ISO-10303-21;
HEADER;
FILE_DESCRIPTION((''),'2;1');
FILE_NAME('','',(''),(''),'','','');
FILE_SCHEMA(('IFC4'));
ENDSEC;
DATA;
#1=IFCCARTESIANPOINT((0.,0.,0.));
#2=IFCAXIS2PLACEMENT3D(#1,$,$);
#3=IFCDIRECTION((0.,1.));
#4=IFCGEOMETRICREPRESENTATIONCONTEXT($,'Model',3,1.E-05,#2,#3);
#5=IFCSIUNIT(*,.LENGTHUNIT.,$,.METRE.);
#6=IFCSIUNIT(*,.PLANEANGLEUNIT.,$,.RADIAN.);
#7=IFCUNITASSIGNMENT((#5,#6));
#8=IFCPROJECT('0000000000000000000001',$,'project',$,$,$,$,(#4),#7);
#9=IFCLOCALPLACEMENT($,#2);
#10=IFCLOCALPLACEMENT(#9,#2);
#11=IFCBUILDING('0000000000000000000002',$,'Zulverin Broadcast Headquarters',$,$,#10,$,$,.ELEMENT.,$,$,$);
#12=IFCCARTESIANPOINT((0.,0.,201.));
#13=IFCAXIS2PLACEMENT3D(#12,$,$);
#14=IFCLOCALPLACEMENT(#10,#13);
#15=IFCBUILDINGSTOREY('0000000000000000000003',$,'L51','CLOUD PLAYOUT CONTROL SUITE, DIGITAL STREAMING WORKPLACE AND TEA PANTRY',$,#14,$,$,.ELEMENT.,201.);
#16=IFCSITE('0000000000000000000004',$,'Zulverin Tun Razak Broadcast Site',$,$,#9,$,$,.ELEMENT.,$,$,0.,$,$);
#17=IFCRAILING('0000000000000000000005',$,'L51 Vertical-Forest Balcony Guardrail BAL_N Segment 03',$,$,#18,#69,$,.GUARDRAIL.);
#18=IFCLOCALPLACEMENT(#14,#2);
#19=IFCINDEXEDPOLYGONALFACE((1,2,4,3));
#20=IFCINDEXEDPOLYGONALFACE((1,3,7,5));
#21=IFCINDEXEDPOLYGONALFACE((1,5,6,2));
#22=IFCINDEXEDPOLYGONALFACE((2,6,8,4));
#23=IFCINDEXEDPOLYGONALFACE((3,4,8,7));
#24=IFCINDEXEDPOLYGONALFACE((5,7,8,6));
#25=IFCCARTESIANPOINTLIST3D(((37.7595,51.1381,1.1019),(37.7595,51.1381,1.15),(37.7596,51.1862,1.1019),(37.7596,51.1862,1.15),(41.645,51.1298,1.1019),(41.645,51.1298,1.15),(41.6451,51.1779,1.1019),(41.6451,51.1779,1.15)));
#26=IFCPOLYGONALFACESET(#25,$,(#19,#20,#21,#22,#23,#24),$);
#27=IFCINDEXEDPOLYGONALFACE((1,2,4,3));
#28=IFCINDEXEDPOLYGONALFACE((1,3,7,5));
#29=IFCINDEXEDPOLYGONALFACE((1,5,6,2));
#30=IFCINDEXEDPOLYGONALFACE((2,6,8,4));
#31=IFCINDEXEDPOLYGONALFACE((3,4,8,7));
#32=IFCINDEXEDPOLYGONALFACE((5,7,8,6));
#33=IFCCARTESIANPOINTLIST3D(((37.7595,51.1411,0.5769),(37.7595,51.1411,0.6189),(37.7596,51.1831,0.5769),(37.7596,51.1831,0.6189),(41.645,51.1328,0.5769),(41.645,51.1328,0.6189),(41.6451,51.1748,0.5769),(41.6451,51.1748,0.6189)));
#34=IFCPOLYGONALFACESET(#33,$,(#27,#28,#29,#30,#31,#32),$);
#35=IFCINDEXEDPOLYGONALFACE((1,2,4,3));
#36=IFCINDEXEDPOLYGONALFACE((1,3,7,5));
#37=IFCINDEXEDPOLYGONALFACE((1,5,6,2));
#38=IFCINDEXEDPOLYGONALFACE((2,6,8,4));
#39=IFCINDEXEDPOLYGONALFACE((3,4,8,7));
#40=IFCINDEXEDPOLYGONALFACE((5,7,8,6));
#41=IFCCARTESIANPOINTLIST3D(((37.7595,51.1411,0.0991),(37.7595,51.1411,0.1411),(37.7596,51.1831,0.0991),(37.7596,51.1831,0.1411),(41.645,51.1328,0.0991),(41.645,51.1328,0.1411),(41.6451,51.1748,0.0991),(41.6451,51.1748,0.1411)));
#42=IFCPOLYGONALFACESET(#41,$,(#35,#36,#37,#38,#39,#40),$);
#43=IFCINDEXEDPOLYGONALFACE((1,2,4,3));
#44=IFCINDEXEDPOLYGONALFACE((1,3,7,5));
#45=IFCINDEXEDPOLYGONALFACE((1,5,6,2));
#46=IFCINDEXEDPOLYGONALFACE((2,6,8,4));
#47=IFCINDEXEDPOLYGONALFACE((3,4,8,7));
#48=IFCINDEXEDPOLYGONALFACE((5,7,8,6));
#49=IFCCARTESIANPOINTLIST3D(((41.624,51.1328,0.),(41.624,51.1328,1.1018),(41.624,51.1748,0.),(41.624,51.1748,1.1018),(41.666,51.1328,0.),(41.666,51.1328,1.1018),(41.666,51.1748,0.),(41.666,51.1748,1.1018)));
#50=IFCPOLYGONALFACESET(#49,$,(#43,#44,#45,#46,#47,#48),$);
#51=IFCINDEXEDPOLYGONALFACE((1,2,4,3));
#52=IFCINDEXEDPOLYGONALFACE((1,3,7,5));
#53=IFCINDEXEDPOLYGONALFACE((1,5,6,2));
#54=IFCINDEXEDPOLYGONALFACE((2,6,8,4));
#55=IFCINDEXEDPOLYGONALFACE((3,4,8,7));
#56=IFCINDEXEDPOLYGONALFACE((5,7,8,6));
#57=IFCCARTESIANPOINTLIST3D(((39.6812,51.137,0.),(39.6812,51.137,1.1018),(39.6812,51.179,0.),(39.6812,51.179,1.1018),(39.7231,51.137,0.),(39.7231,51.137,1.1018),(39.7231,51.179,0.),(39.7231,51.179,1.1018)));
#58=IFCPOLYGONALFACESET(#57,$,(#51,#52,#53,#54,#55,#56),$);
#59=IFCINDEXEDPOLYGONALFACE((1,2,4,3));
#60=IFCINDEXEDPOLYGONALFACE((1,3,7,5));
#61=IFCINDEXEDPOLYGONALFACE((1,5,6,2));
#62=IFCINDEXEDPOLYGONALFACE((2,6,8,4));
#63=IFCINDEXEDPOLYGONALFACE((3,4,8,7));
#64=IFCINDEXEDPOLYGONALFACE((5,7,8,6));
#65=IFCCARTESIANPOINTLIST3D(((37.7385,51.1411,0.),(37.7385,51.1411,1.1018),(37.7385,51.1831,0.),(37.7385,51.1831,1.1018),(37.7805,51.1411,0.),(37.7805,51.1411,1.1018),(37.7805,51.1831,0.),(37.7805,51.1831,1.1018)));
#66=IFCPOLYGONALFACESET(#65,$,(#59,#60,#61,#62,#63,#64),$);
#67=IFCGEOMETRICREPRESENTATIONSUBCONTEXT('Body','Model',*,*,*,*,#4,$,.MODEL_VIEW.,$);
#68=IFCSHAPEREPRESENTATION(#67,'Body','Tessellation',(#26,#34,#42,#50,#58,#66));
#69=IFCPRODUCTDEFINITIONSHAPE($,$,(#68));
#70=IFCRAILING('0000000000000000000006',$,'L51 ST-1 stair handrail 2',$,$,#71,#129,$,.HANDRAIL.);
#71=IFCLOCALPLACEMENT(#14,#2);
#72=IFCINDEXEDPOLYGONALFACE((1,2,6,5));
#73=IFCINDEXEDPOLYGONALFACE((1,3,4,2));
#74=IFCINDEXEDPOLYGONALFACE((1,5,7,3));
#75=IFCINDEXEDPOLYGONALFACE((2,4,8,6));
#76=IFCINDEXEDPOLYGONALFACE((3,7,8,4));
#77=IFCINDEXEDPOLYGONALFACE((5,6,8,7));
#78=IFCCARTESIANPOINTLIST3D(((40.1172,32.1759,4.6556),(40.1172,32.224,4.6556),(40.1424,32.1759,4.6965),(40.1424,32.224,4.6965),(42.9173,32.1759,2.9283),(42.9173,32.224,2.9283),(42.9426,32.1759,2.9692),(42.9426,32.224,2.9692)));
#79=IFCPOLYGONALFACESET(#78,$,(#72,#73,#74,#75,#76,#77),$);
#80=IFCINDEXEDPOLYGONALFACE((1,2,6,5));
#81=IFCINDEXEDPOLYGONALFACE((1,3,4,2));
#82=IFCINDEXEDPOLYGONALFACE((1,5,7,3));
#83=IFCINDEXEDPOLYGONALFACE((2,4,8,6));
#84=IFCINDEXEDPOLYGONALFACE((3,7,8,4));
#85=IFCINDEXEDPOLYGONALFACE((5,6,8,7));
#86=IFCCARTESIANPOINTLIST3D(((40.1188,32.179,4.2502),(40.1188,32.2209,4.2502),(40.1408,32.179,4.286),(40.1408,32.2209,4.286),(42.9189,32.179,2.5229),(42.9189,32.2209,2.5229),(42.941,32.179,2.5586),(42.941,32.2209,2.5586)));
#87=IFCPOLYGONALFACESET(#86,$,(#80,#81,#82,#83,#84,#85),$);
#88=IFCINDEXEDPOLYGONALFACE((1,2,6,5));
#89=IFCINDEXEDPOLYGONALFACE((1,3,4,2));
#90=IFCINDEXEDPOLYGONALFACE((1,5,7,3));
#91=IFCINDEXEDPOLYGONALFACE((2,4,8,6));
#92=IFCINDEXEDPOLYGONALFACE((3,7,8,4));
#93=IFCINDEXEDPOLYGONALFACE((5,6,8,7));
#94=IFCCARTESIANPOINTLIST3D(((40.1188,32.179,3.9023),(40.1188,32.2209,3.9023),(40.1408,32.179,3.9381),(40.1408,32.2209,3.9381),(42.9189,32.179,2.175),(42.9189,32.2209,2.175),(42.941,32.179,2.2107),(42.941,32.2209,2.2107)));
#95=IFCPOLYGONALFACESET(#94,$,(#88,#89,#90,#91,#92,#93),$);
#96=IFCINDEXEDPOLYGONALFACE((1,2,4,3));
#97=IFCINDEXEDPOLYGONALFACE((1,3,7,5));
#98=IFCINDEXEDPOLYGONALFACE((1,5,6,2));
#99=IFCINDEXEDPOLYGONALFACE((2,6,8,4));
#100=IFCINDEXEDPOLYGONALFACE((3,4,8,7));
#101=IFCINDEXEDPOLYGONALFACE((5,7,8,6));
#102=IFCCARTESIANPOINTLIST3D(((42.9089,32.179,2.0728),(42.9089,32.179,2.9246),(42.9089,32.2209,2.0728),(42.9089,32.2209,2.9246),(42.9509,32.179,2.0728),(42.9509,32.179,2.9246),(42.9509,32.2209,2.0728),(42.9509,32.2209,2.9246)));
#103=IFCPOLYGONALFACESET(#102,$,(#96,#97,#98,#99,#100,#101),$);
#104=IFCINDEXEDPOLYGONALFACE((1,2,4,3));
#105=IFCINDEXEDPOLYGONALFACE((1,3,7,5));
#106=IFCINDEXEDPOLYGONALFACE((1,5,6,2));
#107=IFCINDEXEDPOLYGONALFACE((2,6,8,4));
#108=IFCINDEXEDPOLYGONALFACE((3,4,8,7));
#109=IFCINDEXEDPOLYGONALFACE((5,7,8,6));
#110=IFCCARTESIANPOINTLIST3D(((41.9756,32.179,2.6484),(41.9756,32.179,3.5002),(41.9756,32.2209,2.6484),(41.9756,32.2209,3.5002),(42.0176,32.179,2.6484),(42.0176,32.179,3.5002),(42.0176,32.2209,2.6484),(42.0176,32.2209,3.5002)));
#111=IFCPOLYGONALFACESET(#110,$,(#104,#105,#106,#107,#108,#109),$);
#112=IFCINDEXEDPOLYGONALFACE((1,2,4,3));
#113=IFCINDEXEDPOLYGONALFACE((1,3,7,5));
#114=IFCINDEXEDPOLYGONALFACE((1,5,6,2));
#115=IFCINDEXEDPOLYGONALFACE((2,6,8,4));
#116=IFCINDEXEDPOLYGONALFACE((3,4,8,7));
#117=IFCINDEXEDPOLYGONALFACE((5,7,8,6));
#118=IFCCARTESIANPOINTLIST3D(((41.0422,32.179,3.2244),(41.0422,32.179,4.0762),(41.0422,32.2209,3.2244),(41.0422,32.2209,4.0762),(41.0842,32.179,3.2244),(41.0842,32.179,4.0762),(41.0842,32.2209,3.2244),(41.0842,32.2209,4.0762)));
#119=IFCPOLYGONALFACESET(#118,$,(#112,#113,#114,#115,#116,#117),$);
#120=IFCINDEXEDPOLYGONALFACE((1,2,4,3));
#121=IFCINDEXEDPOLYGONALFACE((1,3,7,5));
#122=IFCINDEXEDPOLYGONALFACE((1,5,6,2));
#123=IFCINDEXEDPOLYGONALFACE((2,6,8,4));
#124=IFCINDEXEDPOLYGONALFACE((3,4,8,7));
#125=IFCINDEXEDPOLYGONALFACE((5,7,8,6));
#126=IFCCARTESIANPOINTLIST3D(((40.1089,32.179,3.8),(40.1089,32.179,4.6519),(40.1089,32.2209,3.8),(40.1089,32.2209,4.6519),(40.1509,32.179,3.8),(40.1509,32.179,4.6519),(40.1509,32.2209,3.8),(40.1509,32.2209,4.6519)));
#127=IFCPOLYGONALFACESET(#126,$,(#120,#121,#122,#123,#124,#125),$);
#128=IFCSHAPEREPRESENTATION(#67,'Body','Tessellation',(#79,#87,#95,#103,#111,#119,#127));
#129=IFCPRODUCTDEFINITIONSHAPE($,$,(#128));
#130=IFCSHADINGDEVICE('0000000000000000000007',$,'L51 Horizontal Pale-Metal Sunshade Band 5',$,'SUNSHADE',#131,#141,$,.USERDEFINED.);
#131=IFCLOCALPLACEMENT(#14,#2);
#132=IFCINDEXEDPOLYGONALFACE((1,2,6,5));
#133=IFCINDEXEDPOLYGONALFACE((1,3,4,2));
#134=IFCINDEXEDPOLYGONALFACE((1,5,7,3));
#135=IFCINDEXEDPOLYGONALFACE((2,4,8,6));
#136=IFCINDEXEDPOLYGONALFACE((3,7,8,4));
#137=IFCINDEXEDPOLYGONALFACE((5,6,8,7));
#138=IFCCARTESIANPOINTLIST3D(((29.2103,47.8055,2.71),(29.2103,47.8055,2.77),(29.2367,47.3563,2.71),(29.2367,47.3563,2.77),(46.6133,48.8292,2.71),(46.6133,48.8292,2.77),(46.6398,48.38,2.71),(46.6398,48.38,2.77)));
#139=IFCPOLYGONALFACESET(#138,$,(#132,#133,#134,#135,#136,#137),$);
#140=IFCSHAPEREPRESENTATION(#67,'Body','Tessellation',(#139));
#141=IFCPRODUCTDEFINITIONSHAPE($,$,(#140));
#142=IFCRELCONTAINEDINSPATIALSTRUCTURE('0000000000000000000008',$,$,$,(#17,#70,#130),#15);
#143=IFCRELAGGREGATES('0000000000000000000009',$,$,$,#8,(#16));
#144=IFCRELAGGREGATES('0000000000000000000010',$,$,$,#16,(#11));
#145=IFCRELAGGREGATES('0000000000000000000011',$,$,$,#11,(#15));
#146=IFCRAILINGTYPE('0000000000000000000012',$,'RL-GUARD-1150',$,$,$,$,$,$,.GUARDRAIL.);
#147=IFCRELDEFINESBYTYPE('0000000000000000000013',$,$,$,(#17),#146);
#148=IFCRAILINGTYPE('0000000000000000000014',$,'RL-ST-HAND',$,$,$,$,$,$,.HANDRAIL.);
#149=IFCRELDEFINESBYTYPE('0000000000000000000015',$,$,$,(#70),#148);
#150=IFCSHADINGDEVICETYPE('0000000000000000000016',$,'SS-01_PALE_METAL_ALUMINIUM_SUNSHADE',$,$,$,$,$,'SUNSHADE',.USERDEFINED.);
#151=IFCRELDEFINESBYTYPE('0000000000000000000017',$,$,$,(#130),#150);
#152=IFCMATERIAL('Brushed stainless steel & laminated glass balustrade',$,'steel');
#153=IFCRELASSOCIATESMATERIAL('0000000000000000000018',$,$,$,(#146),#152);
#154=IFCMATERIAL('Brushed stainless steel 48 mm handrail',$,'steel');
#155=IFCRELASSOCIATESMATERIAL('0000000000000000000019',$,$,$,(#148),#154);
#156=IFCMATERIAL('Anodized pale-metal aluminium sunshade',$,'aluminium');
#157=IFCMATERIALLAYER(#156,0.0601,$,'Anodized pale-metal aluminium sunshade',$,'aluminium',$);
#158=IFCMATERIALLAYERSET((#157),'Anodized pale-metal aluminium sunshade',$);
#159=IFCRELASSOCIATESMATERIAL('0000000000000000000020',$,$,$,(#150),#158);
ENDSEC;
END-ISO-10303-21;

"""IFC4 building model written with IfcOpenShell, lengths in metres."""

from ifc_helpers import new_model, si_unit, direction, frame, origin, origin_2d, place, context, subcontext, project, spatial, rectangle, extrude, material, layer, layer_set, type_object, element, save


model = new_model("IFC4")

# Units and contexts
model_context = context("Model", 3, precision=1e-05, world=origin(), true_north=direction((0.0, 1.0)))
body_context = subcontext(model_context, "Body", "Model", "MODEL_VIEW")
ifc_project = project(units=[si_unit("LENGTHUNIT", "METRE"), si_unit("PLANEANGLEUNIT", "RADIAN")], contexts=[model_context])

# Site, building, storey
site_placement = place(None, origin())
site = spatial("IfcSite", under=ifc_project, at=site_placement, Name="Zulverin Tun Razak Broadcast Site", CompositionType="ELEMENT", RefElevation=0.0)
building_placement = place(site_placement, origin())
building = spatial("IfcBuilding", under=site, at=building_placement, Name="Zulverin Broadcast Headquarters", CompositionType="ELEMENT")
storey_placement = place(building_placement, frame((0.0, 0.0, 201.0)))
storey = spatial("IfcBuildingStorey", under=building, at=storey_placement, Name="L51", Description="CLOUD PLAYOUT CONTROL SUITE, DIGITAL STREAMING WORKPLACE AND TEA PANTRY", CompositionType="ELEMENT", Elevation=201.0)

# Railings
ifc_material_1 = material(Name="Brushed stainless steel & laminated glass balustrade", Category="steel")
railing_type_1 = type_object("IfcRailingType", Name="RL-GUARD-1150", PredefinedType="GUARDRAIL", material=ifc_material_1)
railing_1_placement = place(storey_placement, frame((41.645, 51.1538, 0.0)))
element("IfcRailing", 1, at=railing_1_placement, inside=storey, type_object=railing_type_1, Name="L51 Vertical-Forest Balcony Guardrail BAL_N Segment 03", PredefinedType="GUARDRAIL", context=body_context, shape_type="SweptSolid", body=[
    extrude(rectangle(XDim=0.0481, YDim=0.0481, at=origin_2d()), frame((0.0, 0.0, 1.126), z_axis=(-0.999998, 0.002136, 0.0), x_axis=(-0.002136, -0.999998, 0.0)), (0.0, 0.0, 1.0), 3.8855),
    extrude(rectangle(XDim=0.042, YDim=0.042, at=origin_2d()), frame((0.0, 0.0, 0.5979), z_axis=(-0.999998, 0.002136, 0.0), x_axis=(-0.002136, -0.999998, 0.0)), (0.0, 0.0, 1.0), 3.8855),
    extrude(rectangle(XDim=0.042, YDim=0.042, at=origin_2d()), frame((0.0, 0.0, 0.1201), z_axis=(-0.999998, 0.002136, 0.0), x_axis=(-0.002136, -0.999998, 0.0)), (0.0, 0.0, 1.0), 3.8855),
    extrude(rectangle(XDim=0.042, YDim=0.042, at=origin_2d()), origin(), (0.0, 0.0, 1.0), 1.1018),
    extrude(rectangle(XDim=0.042, YDim=0.042, at=origin_2d()), frame((-1.9429, 0.0042, 0.0)), (0.0, 0.0, 1.0), 1.1018),
    extrude(rectangle(XDim=0.042, YDim=0.042, at=origin_2d()), frame((-3.8855, 0.0083, 0.0)), (0.0, 0.0, 1.0), 1.1018),
])
ifc_material_2 = material(Name="Brushed stainless steel 48 mm handrail", Category="steel")
railing_type_2 = type_object("IfcRailingType", Name="RL-ST-HAND", PredefinedType="HANDRAIL", material=ifc_material_2)
railing_2_placement = place(storey_placement, frame((42.9299, 32.2, 2.0728)))
element("IfcRailing", 2, at=railing_2_placement, inside=storey, type_object=railing_type_2, Name="L51 ST-1 stair handrail 2", PredefinedType="HANDRAIL", context=body_context, shape_type="SweptSolid", body=[
    extrude(rectangle(XDim=0.0481, YDim=0.0481, at=origin_2d()), frame((0.0, 0.0, 0.876), z_axis=(-0.85109, 0.0, 0.52502), x_axis=(0.0, -1.0, 0.0)), (0.0, 0.0, 1.0), 3.29),
    extrude(rectangle(XDim=0.042, YDim=0.042, at=origin_2d()), frame((0.0, 0.0, 0.468), z_axis=(-0.85109, 0.0, 0.52502), x_axis=(0.0, -1.0, 0.0)), (0.0, 0.0, 1.0), 3.29),
    extrude(rectangle(XDim=0.042, YDim=0.042, at=origin_2d()), frame((0.0, 0.0, 0.1201), z_axis=(-0.85109, 0.0, 0.52502), x_axis=(0.0, -1.0, 0.0)), (0.0, 0.0, 1.0), 3.29),
    extrude(rectangle(XDim=0.042, YDim=0.042, at=origin_2d()), origin(), (0.0, 0.0, 1.0), 0.8518),
    extrude(rectangle(XDim=0.042, YDim=0.042, at=origin_2d()), frame((-0.9333, 0.0, 0.5757)), (0.0, 0.0, 1.0), 0.8518),
    extrude(rectangle(XDim=0.042, YDim=0.042, at=origin_2d()), frame((-1.8667, 0.0, 1.1516)), (0.0, 0.0, 1.0), 0.8518),
    extrude(rectangle(XDim=0.042, YDim=0.042, at=origin_2d()), frame((-2.8, 0.0, 1.7273)), (0.0, 0.0, 1.0), 0.8518),
])

# Shading device
ifc_material_3 = material(Name="Anodized pale-metal aluminium sunshade", Category="aluminium")
ifc_layer_1 = layer(ifc_material_3, 0.0601, Name="Anodized pale-metal aluminium sunshade", Category="aluminium")
ifc_layer_set_1 = layer_set([ifc_layer_1], Name="Anodized pale-metal aluminium sunshade")
shading_device_type = type_object("IfcShadingDeviceType", Name="SS-01_PALE_METAL_ALUMINIUM_SUNSHADE", ElementType="SUNSHADE", PredefinedType="USERDEFINED", material=ifc_layer_set_1)
shading_device_placement = place(storey_placement, frame((37.925, 48.0928, 2.71), z_axis=(0.0, 0.0, 1.0), x_axis=(-0.998274, -0.058723, 0.0)))
element("IfcShadingDevice", 3, at=shading_device_placement, inside=storey, type_object=shading_device_type, Name="L51 Horizontal Pale-Metal Sunshade Band 5", ObjectType="SUNSHADE", PredefinedType="USERDEFINED", context=body_context, shape_type="SweptSolid", body=[
    extrude(rectangle(XDim=17.4331, YDim=0.45, at=origin_2d()), origin(), (0.0, 0.0, 1.0), 0.0601),
])

save(model, "model.ifc")
